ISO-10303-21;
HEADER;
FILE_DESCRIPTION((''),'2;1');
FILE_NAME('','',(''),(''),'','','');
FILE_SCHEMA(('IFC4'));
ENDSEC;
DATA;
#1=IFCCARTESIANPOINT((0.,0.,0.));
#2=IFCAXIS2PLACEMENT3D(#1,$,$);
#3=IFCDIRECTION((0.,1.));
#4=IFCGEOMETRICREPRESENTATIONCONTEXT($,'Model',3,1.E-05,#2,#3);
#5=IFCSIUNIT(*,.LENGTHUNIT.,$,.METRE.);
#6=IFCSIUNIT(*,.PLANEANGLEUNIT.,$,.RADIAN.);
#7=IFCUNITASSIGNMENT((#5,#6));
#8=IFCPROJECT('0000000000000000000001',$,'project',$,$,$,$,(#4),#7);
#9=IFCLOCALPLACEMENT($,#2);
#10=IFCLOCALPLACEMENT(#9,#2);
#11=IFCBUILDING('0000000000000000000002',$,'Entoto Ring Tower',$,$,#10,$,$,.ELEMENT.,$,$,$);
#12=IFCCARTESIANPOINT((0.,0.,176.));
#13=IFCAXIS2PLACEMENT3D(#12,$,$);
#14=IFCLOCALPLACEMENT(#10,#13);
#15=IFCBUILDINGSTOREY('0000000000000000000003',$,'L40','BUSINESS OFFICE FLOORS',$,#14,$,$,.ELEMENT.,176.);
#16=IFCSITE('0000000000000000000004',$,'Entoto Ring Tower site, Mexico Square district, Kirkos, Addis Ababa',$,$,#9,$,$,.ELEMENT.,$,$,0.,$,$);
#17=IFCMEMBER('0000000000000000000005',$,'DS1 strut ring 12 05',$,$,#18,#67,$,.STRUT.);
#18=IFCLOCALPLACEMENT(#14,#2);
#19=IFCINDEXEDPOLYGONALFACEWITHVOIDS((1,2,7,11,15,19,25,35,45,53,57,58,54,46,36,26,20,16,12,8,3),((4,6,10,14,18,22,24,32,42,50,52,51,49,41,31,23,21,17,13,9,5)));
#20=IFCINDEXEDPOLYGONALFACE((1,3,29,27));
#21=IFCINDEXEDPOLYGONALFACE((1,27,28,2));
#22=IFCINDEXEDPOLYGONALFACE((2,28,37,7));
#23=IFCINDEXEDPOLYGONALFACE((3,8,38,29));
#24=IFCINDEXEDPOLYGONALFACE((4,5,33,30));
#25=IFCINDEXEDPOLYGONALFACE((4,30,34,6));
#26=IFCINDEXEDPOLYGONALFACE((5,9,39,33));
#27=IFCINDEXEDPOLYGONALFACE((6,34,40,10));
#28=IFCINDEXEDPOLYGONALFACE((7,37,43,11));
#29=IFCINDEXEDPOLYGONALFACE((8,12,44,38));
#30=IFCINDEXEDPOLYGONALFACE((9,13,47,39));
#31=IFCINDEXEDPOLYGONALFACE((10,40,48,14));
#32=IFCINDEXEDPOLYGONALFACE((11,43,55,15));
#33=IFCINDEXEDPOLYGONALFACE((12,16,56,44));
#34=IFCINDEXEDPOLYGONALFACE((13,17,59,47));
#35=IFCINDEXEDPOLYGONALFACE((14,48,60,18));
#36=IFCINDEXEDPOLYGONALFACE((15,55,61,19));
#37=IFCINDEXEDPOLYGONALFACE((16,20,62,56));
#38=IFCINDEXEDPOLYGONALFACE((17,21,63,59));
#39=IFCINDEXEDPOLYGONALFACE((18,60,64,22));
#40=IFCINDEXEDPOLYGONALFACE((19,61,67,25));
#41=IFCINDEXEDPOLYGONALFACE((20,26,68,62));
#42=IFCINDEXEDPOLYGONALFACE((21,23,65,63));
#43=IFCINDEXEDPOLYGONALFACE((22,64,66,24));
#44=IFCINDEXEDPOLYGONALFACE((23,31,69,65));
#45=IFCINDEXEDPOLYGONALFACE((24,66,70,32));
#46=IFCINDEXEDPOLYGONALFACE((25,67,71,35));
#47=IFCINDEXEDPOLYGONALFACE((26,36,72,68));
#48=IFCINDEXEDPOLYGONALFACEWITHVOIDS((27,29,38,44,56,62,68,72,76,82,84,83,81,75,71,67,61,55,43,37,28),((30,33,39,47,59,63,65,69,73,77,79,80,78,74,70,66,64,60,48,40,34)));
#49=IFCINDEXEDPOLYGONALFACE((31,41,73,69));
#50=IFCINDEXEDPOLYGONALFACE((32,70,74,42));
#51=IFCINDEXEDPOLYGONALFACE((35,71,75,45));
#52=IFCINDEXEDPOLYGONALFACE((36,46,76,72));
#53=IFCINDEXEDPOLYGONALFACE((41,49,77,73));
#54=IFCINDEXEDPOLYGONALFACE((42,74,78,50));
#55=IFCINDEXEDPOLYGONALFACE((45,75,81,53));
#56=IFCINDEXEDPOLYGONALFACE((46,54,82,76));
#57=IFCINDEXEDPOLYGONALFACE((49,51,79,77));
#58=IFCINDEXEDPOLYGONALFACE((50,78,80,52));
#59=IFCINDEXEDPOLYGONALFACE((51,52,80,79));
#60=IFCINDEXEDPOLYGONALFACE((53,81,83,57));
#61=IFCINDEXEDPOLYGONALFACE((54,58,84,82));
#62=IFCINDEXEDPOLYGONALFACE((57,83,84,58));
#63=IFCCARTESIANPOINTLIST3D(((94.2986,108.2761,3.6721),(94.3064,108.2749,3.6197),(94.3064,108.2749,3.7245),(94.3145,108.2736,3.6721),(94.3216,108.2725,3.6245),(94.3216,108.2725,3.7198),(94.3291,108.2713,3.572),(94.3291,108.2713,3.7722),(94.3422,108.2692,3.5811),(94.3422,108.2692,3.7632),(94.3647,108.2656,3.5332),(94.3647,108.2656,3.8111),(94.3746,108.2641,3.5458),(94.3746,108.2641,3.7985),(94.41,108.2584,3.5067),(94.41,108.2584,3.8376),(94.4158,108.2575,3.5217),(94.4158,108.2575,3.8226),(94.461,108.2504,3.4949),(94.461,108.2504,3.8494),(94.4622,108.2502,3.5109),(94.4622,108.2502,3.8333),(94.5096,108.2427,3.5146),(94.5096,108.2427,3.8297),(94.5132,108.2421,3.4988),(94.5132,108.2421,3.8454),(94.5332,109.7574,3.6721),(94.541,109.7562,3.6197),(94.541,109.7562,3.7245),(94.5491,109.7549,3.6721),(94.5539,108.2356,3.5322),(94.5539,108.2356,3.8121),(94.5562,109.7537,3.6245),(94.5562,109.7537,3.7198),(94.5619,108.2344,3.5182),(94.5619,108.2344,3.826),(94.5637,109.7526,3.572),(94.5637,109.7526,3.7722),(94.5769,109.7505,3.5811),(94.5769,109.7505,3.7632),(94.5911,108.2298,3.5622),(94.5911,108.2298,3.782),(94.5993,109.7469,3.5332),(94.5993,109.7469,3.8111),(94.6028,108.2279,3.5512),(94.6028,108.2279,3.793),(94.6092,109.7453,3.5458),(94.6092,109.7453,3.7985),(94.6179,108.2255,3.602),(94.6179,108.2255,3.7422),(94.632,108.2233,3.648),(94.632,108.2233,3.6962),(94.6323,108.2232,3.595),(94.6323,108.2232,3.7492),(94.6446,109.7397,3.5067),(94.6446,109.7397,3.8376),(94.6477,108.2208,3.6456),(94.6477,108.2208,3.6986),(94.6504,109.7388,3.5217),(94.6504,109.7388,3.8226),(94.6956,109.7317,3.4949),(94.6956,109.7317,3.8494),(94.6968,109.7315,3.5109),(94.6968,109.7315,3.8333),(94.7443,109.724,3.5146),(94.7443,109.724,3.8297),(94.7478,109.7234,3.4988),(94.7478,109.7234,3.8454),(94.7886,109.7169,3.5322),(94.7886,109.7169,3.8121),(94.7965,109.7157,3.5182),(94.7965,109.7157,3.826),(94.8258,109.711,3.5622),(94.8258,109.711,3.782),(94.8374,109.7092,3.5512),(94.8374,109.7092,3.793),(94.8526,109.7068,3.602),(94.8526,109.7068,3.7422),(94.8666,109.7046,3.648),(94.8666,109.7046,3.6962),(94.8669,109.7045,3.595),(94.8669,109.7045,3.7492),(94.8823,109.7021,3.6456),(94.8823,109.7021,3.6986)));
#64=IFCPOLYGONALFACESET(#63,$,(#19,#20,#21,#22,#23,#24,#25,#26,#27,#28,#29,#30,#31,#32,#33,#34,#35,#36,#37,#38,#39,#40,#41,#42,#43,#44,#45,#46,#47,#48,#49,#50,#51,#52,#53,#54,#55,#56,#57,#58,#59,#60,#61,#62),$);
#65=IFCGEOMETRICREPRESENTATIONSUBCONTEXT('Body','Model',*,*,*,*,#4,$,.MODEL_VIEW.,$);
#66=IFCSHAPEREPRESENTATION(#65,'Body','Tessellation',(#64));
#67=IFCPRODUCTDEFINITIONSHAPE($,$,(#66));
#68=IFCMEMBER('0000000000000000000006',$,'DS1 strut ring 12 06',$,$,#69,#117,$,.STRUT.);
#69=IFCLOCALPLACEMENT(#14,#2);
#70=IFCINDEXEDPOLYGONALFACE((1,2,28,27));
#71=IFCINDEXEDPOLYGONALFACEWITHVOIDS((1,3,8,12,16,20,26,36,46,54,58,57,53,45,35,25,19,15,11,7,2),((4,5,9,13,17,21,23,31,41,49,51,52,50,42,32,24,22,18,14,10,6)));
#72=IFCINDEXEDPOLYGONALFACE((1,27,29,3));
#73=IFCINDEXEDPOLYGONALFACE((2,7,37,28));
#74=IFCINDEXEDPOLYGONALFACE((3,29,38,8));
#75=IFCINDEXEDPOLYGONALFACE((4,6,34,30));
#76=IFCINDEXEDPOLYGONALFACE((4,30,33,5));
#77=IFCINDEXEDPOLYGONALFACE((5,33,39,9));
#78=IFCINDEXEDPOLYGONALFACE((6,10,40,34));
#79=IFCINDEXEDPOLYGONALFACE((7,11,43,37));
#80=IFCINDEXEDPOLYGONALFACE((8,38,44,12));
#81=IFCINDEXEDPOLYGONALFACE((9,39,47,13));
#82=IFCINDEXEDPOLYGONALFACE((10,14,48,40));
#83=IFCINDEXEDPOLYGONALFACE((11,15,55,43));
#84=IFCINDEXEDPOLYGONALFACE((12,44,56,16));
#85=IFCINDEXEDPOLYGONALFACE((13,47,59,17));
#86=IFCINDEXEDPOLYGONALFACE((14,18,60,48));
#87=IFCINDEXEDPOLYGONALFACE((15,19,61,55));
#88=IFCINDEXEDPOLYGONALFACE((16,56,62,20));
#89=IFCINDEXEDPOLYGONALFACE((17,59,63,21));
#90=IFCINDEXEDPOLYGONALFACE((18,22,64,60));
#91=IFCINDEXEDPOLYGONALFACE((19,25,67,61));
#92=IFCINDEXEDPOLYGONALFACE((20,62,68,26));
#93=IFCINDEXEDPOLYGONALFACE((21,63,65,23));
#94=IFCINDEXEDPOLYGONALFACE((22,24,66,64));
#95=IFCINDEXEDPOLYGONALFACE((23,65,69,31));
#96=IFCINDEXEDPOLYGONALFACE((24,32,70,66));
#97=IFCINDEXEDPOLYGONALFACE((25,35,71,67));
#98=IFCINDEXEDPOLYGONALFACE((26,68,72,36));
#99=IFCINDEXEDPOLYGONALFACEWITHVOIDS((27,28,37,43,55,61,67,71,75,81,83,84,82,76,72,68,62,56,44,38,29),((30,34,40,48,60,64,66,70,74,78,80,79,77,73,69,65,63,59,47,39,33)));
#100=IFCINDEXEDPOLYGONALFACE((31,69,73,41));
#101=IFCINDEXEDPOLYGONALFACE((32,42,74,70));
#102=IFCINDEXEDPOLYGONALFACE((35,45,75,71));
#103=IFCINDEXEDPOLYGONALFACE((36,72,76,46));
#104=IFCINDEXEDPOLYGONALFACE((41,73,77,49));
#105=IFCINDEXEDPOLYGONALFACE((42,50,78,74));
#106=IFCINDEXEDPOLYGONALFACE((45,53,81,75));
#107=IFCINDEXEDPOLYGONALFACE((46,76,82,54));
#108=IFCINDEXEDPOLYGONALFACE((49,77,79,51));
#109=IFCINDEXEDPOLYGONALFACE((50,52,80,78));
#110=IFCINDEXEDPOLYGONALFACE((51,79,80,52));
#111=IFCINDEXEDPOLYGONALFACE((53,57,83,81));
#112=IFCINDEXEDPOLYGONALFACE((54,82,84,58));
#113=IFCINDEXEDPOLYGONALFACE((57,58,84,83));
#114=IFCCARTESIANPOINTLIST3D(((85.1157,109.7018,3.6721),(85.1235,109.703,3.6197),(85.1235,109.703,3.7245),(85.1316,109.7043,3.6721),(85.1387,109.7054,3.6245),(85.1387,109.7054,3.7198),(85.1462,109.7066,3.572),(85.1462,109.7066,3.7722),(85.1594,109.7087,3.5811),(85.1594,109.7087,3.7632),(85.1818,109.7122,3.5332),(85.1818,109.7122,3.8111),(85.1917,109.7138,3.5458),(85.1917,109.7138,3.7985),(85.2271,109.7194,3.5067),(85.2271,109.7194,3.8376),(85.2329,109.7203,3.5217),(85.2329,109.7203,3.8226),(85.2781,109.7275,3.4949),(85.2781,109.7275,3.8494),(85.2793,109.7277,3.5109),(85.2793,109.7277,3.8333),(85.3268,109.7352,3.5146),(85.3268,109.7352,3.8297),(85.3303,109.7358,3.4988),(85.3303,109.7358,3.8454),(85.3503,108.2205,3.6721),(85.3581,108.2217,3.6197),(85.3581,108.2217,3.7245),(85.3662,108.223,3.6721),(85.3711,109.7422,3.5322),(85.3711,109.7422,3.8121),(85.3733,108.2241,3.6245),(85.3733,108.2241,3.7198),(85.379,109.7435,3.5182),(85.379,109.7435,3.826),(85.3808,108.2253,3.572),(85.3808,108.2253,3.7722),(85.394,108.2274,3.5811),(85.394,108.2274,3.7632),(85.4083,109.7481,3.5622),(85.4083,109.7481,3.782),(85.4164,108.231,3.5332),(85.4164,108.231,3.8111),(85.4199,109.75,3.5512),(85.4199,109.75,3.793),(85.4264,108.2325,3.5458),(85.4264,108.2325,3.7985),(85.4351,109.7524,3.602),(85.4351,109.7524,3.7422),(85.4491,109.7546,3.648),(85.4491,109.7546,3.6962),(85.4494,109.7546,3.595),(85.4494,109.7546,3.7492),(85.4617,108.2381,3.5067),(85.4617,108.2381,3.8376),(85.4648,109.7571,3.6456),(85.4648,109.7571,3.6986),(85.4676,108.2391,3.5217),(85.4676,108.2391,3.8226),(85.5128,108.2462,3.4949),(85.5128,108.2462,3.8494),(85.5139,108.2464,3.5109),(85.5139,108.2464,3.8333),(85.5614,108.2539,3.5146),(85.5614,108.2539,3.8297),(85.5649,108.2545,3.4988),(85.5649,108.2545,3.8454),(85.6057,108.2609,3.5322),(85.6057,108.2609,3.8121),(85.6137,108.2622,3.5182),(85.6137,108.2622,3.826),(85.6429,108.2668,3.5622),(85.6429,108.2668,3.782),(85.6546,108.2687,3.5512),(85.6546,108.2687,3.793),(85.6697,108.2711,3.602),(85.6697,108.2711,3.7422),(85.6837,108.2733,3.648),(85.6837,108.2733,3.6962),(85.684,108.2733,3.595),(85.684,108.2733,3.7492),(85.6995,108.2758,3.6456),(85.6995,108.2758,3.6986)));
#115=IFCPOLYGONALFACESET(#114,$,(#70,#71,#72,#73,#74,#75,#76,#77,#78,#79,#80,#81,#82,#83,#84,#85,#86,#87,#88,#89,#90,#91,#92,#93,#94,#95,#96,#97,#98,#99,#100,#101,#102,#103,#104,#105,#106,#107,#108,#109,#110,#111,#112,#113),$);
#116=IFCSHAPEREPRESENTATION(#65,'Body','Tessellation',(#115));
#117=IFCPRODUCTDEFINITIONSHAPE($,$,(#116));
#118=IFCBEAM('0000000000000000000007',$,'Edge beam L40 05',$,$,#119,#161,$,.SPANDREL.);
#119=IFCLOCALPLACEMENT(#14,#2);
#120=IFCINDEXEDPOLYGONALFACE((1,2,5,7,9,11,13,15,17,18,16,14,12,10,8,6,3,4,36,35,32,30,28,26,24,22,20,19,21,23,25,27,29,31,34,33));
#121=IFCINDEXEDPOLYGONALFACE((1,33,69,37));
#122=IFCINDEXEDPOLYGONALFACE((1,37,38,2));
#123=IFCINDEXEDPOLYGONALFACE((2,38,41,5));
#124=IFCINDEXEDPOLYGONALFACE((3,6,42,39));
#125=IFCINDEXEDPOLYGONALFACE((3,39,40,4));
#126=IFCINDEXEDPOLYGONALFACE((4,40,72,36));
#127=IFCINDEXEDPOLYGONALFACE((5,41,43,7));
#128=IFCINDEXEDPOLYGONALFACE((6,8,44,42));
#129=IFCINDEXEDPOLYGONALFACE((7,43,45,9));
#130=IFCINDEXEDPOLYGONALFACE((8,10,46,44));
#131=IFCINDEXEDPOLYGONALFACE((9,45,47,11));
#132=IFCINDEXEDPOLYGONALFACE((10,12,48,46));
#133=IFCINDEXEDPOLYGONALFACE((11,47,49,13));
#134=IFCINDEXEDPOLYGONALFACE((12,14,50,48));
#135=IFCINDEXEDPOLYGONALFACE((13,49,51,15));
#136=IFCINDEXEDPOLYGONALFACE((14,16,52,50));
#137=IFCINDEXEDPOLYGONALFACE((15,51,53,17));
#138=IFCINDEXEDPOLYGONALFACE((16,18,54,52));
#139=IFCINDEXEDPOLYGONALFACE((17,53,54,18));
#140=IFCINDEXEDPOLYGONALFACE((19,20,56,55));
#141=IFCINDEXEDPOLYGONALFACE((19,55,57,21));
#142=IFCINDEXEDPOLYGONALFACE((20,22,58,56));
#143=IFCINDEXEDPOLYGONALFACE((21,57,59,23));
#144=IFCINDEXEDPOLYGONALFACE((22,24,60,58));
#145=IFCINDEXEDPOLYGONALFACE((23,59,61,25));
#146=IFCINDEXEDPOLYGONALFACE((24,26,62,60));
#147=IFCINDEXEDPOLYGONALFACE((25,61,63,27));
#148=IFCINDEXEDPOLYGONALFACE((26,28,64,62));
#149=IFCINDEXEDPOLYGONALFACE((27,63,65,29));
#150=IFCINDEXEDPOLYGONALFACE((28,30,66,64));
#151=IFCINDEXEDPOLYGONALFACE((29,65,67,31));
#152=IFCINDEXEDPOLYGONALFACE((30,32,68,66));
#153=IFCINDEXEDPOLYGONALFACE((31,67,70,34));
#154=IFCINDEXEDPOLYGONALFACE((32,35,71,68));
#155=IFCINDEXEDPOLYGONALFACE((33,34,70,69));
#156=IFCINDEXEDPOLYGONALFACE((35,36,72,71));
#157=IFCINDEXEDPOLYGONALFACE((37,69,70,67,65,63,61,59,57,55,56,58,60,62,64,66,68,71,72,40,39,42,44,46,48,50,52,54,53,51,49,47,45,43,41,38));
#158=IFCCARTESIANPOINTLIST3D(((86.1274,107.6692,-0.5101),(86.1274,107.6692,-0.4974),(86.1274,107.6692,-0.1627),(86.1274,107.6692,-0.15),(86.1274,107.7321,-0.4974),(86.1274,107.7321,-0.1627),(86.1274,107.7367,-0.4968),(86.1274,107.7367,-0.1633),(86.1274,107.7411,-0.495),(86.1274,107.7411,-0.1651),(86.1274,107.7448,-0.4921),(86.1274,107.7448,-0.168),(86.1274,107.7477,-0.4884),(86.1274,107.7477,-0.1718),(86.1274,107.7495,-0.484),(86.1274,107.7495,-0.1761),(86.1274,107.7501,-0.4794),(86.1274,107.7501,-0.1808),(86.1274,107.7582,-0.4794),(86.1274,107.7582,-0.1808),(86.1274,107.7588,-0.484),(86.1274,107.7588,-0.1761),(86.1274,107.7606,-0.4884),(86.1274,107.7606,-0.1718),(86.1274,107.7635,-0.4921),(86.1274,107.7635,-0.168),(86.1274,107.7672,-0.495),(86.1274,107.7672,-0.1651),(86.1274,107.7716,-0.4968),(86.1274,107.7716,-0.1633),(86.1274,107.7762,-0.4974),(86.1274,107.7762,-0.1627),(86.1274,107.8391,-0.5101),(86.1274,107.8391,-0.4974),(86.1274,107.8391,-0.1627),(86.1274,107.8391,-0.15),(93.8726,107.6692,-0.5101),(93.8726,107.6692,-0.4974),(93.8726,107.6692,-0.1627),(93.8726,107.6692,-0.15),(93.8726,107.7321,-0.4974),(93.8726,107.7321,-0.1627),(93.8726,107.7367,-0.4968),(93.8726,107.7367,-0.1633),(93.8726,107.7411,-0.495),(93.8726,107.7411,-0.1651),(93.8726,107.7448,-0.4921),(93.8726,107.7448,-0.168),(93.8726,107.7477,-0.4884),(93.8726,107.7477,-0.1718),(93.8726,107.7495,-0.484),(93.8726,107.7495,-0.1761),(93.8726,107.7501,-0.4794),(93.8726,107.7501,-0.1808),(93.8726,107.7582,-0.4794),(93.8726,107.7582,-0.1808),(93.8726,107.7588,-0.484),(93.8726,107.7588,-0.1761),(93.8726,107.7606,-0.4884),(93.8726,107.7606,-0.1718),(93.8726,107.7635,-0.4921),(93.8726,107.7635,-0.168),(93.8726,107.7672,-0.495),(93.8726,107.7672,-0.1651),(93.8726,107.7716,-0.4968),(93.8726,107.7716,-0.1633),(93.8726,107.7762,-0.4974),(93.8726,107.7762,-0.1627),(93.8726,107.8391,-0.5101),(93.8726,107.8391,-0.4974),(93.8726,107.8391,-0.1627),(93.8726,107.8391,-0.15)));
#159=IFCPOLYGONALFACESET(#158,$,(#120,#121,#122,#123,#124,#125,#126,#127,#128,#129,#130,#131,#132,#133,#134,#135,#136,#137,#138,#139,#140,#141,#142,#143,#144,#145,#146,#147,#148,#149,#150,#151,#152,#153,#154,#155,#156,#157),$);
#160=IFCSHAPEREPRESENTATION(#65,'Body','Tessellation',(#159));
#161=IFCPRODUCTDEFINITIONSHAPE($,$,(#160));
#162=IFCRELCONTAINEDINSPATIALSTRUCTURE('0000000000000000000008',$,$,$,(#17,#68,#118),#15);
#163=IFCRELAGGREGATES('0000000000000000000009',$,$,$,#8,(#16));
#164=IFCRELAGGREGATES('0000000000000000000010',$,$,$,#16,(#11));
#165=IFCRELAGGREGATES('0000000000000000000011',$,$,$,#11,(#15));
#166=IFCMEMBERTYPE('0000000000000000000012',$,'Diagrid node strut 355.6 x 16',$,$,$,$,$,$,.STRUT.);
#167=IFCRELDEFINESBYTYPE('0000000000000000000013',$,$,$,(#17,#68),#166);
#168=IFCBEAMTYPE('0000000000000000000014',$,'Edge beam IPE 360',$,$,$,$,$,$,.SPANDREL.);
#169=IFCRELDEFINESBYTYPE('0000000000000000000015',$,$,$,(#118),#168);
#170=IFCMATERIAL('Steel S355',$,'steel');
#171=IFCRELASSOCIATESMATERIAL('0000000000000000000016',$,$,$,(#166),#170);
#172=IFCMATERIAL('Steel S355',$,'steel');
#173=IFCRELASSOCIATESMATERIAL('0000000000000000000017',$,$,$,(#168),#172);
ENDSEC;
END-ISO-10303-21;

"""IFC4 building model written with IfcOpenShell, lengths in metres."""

from ifc_helpers import new_model, si_unit, direction, frame, origin, origin_2d, place, context, subcontext, project, spatial, circle, hollow_circle, i_section, extrude, material, material_profile, profile_set, type_object, element, save


model = new_model("IFC4")

# Units and contexts
model_context = context("Model", 3, precision=1e-05, world=origin(), true_north=direction((0.0, 1.0)))
body_context = subcontext(model_context, "Body", "Model", "MODEL_VIEW")
ifc_project = project(units=[si_unit("LENGTHUNIT", "METRE"), si_unit("PLANEANGLEUNIT", "RADIAN")], contexts=[model_context])

# Site, building, storey
site_placement = place(None, origin())
site = spatial("IfcSite", under=ifc_project, at=site_placement, Name="Entoto Ring Tower site, Mexico Square district, Kirkos, Addis Ababa", CompositionType="ELEMENT", RefElevation=0.0)
building_placement = place(site_placement, origin())
building = spatial("IfcBuilding", under=site, at=building_placement, Name="Entoto Ring Tower", CompositionType="ELEMENT")
storey_placement = place(building_placement, frame((0.0, 0.0, 176.0)))
storey = spatial("IfcBuildingStorey", under=building, at=storey_placement, Name="L40", Description="BUSINESS OFFICE FLOORS", CompositionType="ELEMENT", Elevation=176.0)

# Members
ifc_material_1 = material(Name="Steel S355", Category="steel")
ifc_material_profile_1 = material_profile(ifc_material_1, hollow_circle(Radius=0.1777, WallThickness=0.0161, at=origin_2d()), Name="CHS 355.6 x 16")
ifc_material_2 = material(Name="Concrete C60/75", Category="concrete")
ifc_material_profile_2 = material_profile(ifc_material_2, circle(Radius=0.1619, at=origin_2d()), Name="Concrete C60/75 infill")
ifc_profile_set_1 = profile_set([ifc_material_profile_1, ifc_material_profile_2], Name="Steel S355")
member_type = type_object("IfcMemberType", Name="Diagrid node strut 355.6 x 16", PredefinedType="STRUT", material=ifc_profile_set_1)
for number, where, z_axis, x_axis, name in (
    (1, (94.4741, 108.2483, 3.6721), (0.156447, 0.987686, 0.0), (-0.987686, 0.156447, 0.0), "DS1 strut ring 12 05"),
    (2, (85.5259, 108.2483, 3.6721), (-0.156447, 0.987686, 0.0), (-0.987686, -0.156447, 0.0), "DS1 strut ring 12 06"),
):
    element("IfcMember", number, at=place(storey_placement, frame(where, z_axis=z_axis, x_axis=x_axis)), inside=storey, type_object=member_type, Name=name, PredefinedType="STRUT", context=body_context, shape_type="SweptSolid", body=[
        extrude(hollow_circle(Radius=0.1777, WallThickness=0.0161, at=origin_2d()), origin(), (0.0, 0.0, 1.0), 1.4998),
    ])

# Beam
ifc_material_3 = material(Name="Steel S355", Category="steel")
ifc_material_profile_3 = material_profile(ifc_material_3, i_section(OverallWidth=0.1699, OverallDepth=0.3601, WebThickness=0.0081, FlangeThickness=0.0127, FilletRadius=0.0181, at=origin_2d()), Name="IPE 360")
ifc_profile_set_2 = profile_set([ifc_material_profile_3], Name="Steel S355")
beam_type_1 = type_object("IfcBeamType", Name="Edge beam IPE 360", PredefinedType="SPANDREL", material=ifc_profile_set_2)
beam_1_placement = place(storey_placement, frame((93.8726, 107.7542, -0.3301), z_axis=(-1.0, 0.0, 0.0), x_axis=(0.0, -1.0, 0.0)))
element("IfcBeam", 3, at=beam_1_placement, inside=storey, type_object=beam_type_1, Name="Edge beam L40 05", PredefinedType="SPANDREL", context=body_context, shape_type="SweptSolid", body=[
    extrude(i_section(OverallWidth=0.1699, OverallDepth=0.3601, WebThickness=0.0081, FlangeThickness=0.0127, FilletRadius=0.0181, at=origin_2d()), origin(), (0.0, 0.0, 1.0), 7.7451),
])

save(model, "model.ifc")
